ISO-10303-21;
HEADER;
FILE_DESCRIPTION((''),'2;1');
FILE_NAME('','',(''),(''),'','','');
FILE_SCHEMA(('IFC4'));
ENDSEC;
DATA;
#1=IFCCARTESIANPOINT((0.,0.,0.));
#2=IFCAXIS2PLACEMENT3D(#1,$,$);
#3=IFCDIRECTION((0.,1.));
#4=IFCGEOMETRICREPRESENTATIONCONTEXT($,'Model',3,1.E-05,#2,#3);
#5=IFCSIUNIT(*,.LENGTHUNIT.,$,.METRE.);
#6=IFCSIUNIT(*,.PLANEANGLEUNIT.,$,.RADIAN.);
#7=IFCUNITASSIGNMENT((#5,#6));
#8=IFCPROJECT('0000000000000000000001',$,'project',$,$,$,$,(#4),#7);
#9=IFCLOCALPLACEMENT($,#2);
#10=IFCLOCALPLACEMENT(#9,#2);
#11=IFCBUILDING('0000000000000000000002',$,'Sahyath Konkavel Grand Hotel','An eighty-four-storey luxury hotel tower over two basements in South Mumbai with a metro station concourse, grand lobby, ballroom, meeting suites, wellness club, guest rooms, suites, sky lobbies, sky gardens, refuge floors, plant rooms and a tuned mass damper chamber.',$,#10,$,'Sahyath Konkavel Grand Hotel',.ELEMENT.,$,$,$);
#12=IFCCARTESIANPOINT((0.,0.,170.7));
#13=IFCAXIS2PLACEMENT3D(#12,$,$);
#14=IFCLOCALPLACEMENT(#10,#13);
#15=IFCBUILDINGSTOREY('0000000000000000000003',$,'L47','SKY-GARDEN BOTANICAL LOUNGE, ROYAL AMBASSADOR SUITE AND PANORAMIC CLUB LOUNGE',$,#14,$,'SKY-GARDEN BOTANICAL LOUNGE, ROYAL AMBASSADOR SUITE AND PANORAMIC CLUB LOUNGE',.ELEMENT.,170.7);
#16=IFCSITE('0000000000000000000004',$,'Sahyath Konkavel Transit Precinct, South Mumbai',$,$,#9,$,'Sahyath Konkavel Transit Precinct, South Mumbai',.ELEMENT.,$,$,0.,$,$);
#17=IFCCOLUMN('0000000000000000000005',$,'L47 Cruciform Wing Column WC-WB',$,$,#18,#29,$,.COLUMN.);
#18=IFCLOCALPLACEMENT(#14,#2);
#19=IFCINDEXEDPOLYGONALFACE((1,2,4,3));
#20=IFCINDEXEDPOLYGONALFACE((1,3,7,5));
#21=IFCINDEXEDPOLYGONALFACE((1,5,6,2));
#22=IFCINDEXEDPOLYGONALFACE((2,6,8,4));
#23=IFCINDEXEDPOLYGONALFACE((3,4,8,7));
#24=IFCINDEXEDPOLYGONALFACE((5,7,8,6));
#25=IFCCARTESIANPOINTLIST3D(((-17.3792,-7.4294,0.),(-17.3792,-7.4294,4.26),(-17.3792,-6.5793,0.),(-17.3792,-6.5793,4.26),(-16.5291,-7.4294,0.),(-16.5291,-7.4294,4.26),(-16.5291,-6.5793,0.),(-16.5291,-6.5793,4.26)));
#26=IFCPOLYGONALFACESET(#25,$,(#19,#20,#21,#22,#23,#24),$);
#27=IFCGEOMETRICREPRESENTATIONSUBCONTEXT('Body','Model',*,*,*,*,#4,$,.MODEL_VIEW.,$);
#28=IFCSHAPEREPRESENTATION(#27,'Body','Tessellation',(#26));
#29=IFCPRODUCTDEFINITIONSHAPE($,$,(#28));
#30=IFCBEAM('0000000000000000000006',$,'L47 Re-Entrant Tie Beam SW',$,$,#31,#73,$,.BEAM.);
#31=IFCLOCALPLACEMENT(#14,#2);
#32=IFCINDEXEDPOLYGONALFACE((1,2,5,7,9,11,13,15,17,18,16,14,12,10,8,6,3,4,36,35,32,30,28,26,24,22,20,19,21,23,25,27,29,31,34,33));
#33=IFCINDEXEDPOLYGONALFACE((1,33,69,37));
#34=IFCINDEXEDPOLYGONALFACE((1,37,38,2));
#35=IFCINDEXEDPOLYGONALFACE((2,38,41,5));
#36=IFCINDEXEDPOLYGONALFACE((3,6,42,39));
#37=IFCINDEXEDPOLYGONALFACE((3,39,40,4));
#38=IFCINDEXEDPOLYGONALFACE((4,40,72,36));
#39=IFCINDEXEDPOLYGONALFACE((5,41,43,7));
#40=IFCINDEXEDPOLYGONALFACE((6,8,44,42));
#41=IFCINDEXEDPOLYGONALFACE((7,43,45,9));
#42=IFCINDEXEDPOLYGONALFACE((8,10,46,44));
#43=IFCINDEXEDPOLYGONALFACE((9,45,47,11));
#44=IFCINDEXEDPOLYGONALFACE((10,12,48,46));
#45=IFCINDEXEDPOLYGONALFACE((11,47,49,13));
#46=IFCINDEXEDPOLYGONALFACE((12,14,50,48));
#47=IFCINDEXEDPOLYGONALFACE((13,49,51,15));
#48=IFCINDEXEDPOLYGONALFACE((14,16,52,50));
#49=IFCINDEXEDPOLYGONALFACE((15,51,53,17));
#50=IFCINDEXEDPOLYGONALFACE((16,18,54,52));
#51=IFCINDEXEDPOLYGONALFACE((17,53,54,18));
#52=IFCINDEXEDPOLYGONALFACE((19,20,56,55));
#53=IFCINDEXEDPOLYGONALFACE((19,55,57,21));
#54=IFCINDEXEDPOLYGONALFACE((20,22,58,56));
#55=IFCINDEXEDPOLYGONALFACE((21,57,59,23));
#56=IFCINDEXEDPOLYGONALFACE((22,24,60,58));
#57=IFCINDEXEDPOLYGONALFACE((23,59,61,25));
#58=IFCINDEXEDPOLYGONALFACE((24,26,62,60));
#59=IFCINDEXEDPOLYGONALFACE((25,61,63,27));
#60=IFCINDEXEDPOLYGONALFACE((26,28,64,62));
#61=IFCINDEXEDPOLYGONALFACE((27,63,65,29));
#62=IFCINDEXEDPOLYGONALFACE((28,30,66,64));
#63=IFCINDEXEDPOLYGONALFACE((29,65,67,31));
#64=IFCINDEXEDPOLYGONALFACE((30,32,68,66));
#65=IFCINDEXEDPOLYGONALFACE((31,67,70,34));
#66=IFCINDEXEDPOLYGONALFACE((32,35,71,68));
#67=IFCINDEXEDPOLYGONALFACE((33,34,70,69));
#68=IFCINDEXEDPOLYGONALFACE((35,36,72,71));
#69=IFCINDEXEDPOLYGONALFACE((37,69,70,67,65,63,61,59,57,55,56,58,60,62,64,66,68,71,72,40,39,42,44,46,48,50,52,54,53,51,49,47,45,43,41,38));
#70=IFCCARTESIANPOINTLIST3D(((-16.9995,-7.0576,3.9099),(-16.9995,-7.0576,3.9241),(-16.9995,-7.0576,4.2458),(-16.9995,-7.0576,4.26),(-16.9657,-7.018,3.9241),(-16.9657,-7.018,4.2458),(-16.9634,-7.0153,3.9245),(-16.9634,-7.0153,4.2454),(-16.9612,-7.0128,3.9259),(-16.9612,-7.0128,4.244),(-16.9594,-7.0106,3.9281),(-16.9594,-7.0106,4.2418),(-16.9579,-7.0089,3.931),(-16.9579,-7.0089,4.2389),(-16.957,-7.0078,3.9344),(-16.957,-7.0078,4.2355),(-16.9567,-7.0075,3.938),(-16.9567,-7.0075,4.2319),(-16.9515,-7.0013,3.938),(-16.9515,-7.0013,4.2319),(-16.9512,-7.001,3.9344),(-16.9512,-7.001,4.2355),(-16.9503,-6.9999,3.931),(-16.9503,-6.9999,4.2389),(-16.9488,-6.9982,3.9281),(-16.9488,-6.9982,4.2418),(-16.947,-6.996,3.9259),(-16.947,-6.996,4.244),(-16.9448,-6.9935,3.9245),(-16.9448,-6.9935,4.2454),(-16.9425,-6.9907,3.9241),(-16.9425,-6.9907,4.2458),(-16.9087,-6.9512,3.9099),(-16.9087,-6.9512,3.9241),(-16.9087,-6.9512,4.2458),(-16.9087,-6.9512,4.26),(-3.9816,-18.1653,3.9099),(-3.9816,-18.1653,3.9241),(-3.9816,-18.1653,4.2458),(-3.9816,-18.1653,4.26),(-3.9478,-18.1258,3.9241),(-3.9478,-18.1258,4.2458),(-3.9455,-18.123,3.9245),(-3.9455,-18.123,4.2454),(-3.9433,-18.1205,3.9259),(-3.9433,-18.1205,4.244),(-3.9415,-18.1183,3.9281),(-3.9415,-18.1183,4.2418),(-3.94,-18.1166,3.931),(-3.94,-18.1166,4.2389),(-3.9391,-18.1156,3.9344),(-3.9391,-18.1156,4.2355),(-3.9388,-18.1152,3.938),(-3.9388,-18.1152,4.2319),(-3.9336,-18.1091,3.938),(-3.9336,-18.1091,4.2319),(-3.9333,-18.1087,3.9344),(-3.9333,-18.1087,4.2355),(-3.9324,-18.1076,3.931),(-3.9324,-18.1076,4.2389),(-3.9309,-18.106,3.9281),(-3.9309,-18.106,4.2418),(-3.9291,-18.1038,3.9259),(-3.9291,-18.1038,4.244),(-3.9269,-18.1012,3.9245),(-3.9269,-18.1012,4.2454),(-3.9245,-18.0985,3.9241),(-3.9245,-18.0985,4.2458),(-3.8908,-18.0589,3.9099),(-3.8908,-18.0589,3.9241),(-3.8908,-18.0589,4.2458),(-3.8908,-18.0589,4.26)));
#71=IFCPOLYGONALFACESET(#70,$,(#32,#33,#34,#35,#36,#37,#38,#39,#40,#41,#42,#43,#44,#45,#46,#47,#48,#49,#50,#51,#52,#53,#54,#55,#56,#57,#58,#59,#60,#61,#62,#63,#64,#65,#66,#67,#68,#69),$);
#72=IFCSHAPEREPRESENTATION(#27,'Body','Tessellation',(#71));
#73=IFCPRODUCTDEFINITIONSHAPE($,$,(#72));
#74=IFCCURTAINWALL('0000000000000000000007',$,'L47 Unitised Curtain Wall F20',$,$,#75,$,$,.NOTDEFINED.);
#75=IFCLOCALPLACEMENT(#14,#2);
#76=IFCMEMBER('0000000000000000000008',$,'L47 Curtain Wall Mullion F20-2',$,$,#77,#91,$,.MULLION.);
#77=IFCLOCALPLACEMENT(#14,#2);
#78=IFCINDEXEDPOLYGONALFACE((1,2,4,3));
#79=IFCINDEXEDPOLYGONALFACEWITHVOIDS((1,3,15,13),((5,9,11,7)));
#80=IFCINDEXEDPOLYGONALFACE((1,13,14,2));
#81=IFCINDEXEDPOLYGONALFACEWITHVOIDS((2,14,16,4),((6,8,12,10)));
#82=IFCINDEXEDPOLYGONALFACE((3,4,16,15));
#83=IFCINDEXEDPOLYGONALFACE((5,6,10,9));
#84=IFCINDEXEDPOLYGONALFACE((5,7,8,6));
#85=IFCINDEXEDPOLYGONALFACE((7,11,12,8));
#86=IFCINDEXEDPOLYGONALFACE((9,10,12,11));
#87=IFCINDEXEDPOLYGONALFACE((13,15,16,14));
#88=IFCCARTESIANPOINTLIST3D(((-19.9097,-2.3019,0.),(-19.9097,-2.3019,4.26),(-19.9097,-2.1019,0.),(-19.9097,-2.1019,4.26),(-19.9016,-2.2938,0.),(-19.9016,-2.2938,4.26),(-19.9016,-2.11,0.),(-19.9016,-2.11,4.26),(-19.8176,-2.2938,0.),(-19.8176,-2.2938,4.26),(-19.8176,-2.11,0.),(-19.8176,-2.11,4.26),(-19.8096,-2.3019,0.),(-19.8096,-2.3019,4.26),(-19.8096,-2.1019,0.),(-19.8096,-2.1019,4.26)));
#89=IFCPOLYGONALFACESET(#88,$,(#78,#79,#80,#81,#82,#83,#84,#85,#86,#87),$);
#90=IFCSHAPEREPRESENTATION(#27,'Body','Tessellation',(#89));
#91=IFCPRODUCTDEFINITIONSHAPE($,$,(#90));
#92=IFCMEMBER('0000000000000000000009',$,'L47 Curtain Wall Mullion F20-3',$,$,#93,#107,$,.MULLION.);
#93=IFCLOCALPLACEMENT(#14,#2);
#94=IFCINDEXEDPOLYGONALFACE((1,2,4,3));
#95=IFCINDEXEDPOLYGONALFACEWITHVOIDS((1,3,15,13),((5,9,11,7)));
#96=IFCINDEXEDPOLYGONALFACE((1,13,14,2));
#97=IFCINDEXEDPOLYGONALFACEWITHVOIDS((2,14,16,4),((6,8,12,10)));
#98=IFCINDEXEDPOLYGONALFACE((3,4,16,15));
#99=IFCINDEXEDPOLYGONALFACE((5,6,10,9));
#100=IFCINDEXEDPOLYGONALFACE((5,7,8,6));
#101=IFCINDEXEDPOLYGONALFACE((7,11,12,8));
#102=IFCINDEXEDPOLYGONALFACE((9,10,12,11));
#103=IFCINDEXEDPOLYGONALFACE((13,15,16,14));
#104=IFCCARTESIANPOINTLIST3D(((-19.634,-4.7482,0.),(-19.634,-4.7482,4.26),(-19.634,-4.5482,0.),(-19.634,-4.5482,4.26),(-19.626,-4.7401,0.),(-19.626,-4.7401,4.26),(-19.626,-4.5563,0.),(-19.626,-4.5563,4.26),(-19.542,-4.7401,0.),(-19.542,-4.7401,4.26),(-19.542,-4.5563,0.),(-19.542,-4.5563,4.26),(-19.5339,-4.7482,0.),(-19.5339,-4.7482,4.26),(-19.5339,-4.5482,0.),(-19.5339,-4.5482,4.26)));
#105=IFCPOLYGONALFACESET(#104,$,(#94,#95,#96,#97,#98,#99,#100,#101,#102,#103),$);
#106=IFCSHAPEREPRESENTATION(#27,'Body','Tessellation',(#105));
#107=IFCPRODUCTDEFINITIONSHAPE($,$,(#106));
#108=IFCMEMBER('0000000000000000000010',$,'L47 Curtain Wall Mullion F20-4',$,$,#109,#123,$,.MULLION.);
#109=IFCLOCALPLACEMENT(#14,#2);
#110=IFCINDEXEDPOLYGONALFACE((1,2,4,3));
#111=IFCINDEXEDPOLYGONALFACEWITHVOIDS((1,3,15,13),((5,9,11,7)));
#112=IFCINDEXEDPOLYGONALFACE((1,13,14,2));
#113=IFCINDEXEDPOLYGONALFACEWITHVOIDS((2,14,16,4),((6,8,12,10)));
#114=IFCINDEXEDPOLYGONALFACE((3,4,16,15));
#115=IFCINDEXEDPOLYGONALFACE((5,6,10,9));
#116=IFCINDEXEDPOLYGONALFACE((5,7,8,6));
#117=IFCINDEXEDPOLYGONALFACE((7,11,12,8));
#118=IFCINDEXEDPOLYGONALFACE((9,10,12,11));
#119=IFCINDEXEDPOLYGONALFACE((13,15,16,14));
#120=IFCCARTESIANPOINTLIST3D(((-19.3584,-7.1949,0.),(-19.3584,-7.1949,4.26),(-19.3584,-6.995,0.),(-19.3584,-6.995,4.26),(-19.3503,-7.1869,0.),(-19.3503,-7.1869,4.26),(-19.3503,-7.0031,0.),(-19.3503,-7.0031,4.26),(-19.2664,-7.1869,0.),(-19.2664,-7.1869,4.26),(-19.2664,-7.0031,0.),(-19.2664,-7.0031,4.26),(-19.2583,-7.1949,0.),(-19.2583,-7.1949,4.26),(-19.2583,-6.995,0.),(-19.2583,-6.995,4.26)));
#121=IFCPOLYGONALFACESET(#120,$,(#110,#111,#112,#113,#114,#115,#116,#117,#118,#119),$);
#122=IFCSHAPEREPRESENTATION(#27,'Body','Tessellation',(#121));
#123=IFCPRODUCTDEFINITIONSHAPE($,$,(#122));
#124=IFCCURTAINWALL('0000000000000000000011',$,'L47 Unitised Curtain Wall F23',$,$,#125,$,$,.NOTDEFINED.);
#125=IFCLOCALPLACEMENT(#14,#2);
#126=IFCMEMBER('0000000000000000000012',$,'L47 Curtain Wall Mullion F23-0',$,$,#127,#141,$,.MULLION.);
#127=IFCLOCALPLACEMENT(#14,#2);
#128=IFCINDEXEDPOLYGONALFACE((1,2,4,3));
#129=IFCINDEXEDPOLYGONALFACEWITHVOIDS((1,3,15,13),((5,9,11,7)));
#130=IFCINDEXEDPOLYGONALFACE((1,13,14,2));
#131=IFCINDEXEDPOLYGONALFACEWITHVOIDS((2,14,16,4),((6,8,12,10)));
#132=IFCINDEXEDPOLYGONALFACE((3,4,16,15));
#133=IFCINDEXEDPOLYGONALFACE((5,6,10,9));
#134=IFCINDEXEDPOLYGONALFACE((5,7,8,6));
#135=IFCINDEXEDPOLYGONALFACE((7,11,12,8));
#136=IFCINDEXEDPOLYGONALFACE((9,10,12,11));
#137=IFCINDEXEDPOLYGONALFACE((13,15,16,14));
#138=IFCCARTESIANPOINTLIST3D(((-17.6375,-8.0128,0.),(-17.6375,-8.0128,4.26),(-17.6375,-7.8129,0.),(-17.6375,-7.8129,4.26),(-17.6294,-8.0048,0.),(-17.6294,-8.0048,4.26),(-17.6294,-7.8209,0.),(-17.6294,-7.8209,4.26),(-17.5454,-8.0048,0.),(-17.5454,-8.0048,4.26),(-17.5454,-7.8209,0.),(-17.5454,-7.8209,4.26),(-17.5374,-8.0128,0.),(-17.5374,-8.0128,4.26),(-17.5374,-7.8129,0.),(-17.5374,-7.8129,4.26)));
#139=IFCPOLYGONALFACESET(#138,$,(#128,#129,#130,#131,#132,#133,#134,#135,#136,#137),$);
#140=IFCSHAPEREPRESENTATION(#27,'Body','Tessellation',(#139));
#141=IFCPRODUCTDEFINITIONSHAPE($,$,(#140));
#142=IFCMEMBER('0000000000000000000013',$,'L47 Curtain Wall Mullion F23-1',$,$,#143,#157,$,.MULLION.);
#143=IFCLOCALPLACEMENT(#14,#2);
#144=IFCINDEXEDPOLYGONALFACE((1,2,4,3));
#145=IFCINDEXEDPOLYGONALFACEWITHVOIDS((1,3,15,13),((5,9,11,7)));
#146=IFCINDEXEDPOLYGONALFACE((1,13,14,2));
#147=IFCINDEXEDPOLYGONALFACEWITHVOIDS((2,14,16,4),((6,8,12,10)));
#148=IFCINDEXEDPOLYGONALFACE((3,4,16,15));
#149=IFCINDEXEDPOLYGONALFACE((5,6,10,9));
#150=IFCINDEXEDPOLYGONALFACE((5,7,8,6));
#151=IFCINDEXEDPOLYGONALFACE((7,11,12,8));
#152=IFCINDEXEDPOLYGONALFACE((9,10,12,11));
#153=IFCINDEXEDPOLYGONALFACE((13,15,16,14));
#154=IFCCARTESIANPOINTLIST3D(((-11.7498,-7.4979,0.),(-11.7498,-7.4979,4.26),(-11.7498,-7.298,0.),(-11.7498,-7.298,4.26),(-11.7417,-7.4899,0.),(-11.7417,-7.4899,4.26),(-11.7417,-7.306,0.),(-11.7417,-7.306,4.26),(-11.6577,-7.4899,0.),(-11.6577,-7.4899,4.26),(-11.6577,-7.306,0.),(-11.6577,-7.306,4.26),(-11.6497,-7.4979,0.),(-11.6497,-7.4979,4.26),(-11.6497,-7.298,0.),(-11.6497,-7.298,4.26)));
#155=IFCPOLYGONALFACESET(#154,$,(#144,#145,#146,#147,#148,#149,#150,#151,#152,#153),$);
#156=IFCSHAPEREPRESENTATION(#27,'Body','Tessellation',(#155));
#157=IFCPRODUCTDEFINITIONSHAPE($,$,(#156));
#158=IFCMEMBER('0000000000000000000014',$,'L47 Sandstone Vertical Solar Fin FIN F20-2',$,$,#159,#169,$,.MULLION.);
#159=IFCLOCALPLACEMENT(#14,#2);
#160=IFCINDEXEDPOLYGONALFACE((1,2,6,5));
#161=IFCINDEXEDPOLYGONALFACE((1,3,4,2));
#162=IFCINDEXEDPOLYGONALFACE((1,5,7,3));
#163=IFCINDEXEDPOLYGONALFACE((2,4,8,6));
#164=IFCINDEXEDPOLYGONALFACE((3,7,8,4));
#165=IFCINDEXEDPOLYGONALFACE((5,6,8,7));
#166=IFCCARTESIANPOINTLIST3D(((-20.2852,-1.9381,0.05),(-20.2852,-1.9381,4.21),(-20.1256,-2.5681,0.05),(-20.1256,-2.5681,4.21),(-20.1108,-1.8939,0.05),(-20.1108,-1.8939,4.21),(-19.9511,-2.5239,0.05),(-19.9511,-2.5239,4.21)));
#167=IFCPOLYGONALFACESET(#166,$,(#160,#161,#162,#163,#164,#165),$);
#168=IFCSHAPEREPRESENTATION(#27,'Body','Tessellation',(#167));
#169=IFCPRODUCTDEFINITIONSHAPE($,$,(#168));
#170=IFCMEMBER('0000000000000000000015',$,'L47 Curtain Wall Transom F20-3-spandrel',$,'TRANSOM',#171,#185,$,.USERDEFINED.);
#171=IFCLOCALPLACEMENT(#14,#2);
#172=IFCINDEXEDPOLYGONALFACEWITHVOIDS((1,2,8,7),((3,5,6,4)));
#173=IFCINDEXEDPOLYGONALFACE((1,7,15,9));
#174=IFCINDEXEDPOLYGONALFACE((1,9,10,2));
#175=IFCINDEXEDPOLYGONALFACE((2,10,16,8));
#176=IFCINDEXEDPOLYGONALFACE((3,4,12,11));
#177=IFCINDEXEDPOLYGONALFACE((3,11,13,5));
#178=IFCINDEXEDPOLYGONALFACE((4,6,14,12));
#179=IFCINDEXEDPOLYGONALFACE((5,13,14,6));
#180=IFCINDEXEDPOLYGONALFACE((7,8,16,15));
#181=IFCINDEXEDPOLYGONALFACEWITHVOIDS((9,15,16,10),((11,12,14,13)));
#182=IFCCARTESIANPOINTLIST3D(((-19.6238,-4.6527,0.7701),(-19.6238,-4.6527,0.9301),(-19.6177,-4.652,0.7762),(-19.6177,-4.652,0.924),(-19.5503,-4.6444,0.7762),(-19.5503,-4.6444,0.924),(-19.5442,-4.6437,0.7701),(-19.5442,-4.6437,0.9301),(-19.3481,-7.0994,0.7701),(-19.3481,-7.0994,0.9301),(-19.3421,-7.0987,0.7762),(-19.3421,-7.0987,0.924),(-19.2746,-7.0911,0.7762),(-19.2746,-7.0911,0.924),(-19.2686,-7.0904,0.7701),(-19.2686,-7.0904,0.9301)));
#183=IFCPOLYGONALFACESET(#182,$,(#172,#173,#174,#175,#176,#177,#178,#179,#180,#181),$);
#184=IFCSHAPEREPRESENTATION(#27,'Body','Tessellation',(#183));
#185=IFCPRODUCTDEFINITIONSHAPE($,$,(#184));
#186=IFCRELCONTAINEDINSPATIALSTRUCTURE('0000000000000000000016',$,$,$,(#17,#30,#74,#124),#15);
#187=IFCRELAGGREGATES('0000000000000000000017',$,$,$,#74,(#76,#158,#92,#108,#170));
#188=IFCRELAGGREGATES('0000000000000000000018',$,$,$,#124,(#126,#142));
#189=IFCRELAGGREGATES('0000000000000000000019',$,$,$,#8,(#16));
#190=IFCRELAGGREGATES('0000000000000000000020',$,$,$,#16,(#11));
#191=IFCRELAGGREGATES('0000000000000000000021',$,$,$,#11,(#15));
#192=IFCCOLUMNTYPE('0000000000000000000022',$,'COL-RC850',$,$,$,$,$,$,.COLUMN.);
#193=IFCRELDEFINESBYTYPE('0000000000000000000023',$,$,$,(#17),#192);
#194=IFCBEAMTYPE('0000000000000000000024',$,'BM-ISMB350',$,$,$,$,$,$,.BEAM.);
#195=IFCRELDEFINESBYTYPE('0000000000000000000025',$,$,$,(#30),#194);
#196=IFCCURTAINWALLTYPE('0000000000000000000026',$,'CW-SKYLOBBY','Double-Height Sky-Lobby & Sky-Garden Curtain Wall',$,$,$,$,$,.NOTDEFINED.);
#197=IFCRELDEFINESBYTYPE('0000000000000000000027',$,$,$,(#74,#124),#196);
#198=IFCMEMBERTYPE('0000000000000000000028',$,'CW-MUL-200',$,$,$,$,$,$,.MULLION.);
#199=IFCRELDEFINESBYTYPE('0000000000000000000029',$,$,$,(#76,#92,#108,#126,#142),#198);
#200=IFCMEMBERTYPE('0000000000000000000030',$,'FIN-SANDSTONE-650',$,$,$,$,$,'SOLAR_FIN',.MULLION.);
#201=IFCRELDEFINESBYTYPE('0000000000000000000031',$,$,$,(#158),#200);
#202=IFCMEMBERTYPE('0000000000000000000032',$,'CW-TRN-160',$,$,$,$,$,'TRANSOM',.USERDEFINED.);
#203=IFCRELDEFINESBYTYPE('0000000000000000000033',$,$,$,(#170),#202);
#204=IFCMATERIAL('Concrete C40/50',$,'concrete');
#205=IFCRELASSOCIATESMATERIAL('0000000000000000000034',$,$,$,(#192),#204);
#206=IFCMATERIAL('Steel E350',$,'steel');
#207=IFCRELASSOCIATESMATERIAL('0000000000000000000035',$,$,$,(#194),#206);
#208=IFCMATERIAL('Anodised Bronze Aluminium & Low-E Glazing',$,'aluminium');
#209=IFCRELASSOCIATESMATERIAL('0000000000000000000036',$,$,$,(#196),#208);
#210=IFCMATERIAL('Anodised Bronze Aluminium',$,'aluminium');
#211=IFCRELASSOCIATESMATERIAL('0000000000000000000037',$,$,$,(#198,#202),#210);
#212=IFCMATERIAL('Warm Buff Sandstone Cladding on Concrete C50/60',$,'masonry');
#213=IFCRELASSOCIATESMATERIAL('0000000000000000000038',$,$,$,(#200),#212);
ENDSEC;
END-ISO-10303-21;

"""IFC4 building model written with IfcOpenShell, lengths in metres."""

from ifc_helpers import new_model, si_unit, direction, frame, origin, origin_2d, place, context, subcontext, project, spatial, rectangle, hollow_rectangle, i_section, extrude, source, transform, mapped, material, material_profile, profile_set, type_object, element, aggregate, save


model = new_model("IFC4")

# Units and contexts
model_context = context("Model", 3, precision=1e-05, world=origin(), true_north=direction((0.0, 1.0)))
body_context = subcontext(model_context, "Body", "Model", "MODEL_VIEW")
ifc_project = project(units=[si_unit("LENGTHUNIT", "METRE"), si_unit("PLANEANGLEUNIT", "RADIAN")], contexts=[model_context])

# Site, building, storey
site_placement = place(None, origin())
site = spatial("IfcSite", under=ifc_project, at=site_placement, Name="Sahyath Konkavel Transit Precinct, South Mumbai", LongName="Sahyath Konkavel Transit Precinct, South Mumbai", CompositionType="ELEMENT", RefElevation=0.0)
building_placement = place(site_placement, origin())
building = spatial("IfcBuilding", under=site, at=building_placement, Name="Sahyath Konkavel Grand Hotel", Description="An eighty-four-storey luxury hotel tower over two basements in South Mumbai with a metro station concourse, grand lobby, ballroom, meeting suites, wellness club, guest rooms, suites, sky lobbies, sky gardens, refuge floors, plant rooms and a tuned mass damper chamber.", LongName="Sahyath Konkavel Grand Hotel", CompositionType="ELEMENT")
storey_placement = place(building_placement, frame((0.0, 0.0, 170.7)))
storey = spatial("IfcBuildingStorey", under=building, at=storey_placement, Name="L47", Description="SKY-GARDEN BOTANICAL LOUNGE, ROYAL AMBASSADOR SUITE AND PANORAMIC CLUB LOUNGE", LongName="SKY-GARDEN BOTANICAL LOUNGE, ROYAL AMBASSADOR SUITE AND PANORAMIC CLUB LOUNGE", CompositionType="ELEMENT", Elevation=170.7)

# Column
ifc_material_1 = material(Name="Concrete C40/50", Category="concrete")
ifc_material_profile_1 = material_profile(ifc_material_1, rectangle(XDim=0.8501, YDim=0.8501, at=origin_2d()), Name="RC 850x850")
ifc_profile_set_1 = profile_set([ifc_material_profile_1], Name="Concrete C40/50")
column_type = type_object("IfcColumnType", Name="COL-RC850", PredefinedType="COLUMN", material=ifc_profile_set_1)
shared_shape_1 = source(origin(), body_context, "Body", "SweptSolid", [
    extrude(rectangle(XDim=0.8501, YDim=0.8501, at=origin_2d()), origin(), (0.0, 0.0, 1.0), 4.26),
])
column_placement = place(storey_placement, frame((-16.9541, -7.0044, 0.0), z_axis=(0.0, 0.0, 1.0), x_axis=(1.0, 0.0, 0.0)))
element("IfcColumn", 1, at=column_placement, inside=storey, type_object=column_type, Name="L47 Cruciform Wing Column WC-WB", PredefinedType="COLUMN", context=body_context, shape_type="MappedRepresentation", body=[
    mapped(shared_shape_1, transform((0.0, 0.0, 0.0), scale=1.0)),
])

# Beam
ifc_material_2 = material(Name="Steel E350", Category="steel")
ifc_material_profile_2 = material_profile(ifc_material_2, i_section(OverallWidth=0.1399, OverallDepth=0.3501, WebThickness=0.0081, FlangeThickness=0.0142, FilletRadius=0.0139, at=origin_2d()), Name="ISMB 350")
ifc_profile_set_2 = profile_set([ifc_material_profile_2], Name="Steel E350")
beam_type = type_object("IfcBeamType", Name="BM-ISMB350", PredefinedType="BEAM", material=ifc_profile_set_2)
shared_shape_2 = source(origin(), body_context, "Body", "SweptSolid", [
    extrude(i_section(OverallWidth=0.1399, OverallDepth=0.3501, WebThickness=0.0081, FlangeThickness=0.0142, FilletRadius=0.0139, at=origin_2d()), origin(), (0.0, 0.0, 1.0), 17.1128),
])
beam_placement = place(storey_placement, frame((-16.9541, -7.0044, 4.085), z_axis=(0.760712, -0.64909, 0.0), x_axis=(0.64909, 0.760712, 0.0)))
element("IfcBeam", 2, at=beam_placement, inside=storey, type_object=beam_type, Name="L47 Re-Entrant Tie Beam SW", PredefinedType="BEAM", context=body_context, shape_type="MappedRepresentation", body=[
    mapped(shared_shape_2, transform((0.0, 0.0, 0.0), scale=1.0)),
])

# Curtain walls, members
ifc_material_3 = material(Name="Anodised Bronze Aluminium & Low-E Glazing", Category="aluminium")
curtain_wall_type = type_object("IfcCurtainWallType", Name="CW-SKYLOBBY", Description="Double-Height Sky-Lobby & Sky-Garden Curtain Wall", PredefinedType="NOTDEFINED", material=ifc_material_3)
curtain_wall_1_placement = place(storey_placement, origin())
curtain_wall_1 = element("IfcCurtainWall", 3, at=curtain_wall_1_placement, inside=storey, type_object=curtain_wall_type, Name="L47 Unitised Curtain Wall F20", PredefinedType="NOTDEFINED")
ifc_material_4 = material(Name="Anodised Bronze Aluminium", Category="aluminium")
ifc_material_profile_3 = material_profile(ifc_material_4, hollow_rectangle(XDim=0.1001, YDim=0.2, WallThickness=0.0081, at=origin_2d()), Name="RHS 200x100x8")
ifc_profile_set_3 = profile_set([ifc_material_profile_3], Name="Anodised Bronze Aluminium")
member_type_1 = type_object("IfcMemberType", Name="CW-MUL-200", PredefinedType="MULLION", material=ifc_profile_set_3)
shared_shape_3 = source(origin(), body_context, "Body", "SweptSolid", [
    extrude(hollow_rectangle(XDim=0.1001, YDim=0.2, WallThickness=0.0081, at=origin_2d()), origin(), (0.0, 0.0, 1.0), 4.26),
])
member_1_placement = place(storey_placement, frame((-19.8596, -2.2019, 0.0), z_axis=(0.0, 0.0, 1.0), x_axis=(1.0, 0.0, 0.0)))
member_1 = element("IfcMember", 4, at=member_1_placement, type_object=member_type_1, Name="L47 Curtain Wall Mullion F20-2", PredefinedType="MULLION", context=body_context, shape_type="MappedRepresentation", body=[
    mapped(shared_shape_3, transform((0.0, 0.0, 0.0), scale=1.0)),
])
member_2_placement = place(storey_placement, frame((-19.584, -4.6482, 0.0), z_axis=(0.0, 0.0, 1.0), x_axis=(1.0, 0.0, 0.0)))
member_2 = element("IfcMember", 5, at=member_2_placement, type_object=member_type_1, Name="L47 Curtain Wall Mullion F20-3", PredefinedType="MULLION", context=body_context, shape_type="MappedRepresentation", body=[
    mapped(shared_shape_3, transform((0.0, 0.0, 0.0), scale=1.0)),
])
member_3_placement = place(storey_placement, frame((-19.3083, -7.095, 0.0), z_axis=(0.0, 0.0, 1.0), x_axis=(1.0, 0.0, 0.0)))
member_3 = element("IfcMember", 6, at=member_3_placement, type_object=member_type_1, Name="L47 Curtain Wall Mullion F20-4", PredefinedType="MULLION", context=body_context, shape_type="MappedRepresentation", body=[
    mapped(shared_shape_3, transform((0.0, 0.0, 0.0), scale=1.0)),
])
curtain_wall_2_placement = place(storey_placement, origin())
curtain_wall_2 = element("IfcCurtainWall", 7, at=curtain_wall_2_placement, inside=storey, type_object=curtain_wall_type, Name="L47 Unitised Curtain Wall F23", PredefinedType="NOTDEFINED")
member_4_placement = place(storey_placement, frame((-17.5874, -7.9128, 0.0), z_axis=(0.0, 0.0, 1.0), x_axis=(1.0, 0.0, 0.0)))
member_4 = element("IfcMember", 8, at=member_4_placement, type_object=member_type_1, Name="L47 Curtain Wall Mullion F23-0", PredefinedType="MULLION", context=body_context, shape_type="MappedRepresentation", body=[
    mapped(shared_shape_3, transform((0.0, 0.0, 0.0), scale=1.0)),
])
member_5_placement = place(storey_placement, frame((-11.6997, -7.3979, 0.0), z_axis=(0.0, 0.0, 1.0), x_axis=(1.0, 0.0, 0.0)))
member_5 = element("IfcMember", 9, at=member_5_placement, type_object=member_type_1, Name="L47 Curtain Wall Mullion F23-1", PredefinedType="MULLION", context=body_context, shape_type="MappedRepresentation", body=[
    mapped(shared_shape_3, transform((0.0, 0.0, 0.0), scale=1.0)),
])

# Members
ifc_material_5 = material(Name="Warm Buff Sandstone Cladding on Concrete C50/60", Category="masonry")
ifc_material_profile_4 = material_profile(ifc_material_5, rectangle(XDim=0.1799, YDim=0.6499, at=origin_2d()), Name="FIN 180x650")
ifc_profile_set_4 = profile_set([ifc_material_profile_4], Name="Warm Buff Sandstone Cladding on Concrete C50/60")
member_type_2 = type_object("IfcMemberType", Name="FIN-SANDSTONE-650", ElementType="SOLAR_FIN", PredefinedType="MULLION", material=ifc_profile_set_4)
shared_shape_4 = source(origin(), body_context, "Body", "SweptSolid", [
    extrude(rectangle(XDim=0.1799, YDim=0.6499, at=origin_2d()), origin(), (0.0, 0.0, 1.0), 4.1599),
])
member_6_placement = place(storey_placement, frame((-20.1182, -2.231, 0.05), z_axis=(0.0, 0.0, 1.0), x_axis=(0.96936, 0.245646, 0.0)))
member_6 = element("IfcMember", 10, at=member_6_placement, type_object=member_type_2, Name="L47 Sandstone Vertical Solar Fin FIN F20-2", PredefinedType="MULLION", context=body_context, shape_type="MappedRepresentation", body=[
    mapped(shared_shape_4, transform((0.0, 0.0, 0.0), scale=1.0)),
])
ifc_material_profile_5 = material_profile(ifc_material_4, hollow_rectangle(XDim=0.0801, YDim=0.1599, WallThickness=0.0061, at=origin_2d()), Name="RHS 160x80x6")
ifc_profile_set_5 = profile_set([ifc_material_profile_5], Name="Anodised Bronze Aluminium")
member_type_3 = type_object("IfcMemberType", Name="CW-TRN-160", ElementType="TRANSOM", PredefinedType="USERDEFINED", material=ifc_profile_set_5)
shared_shape_5 = source(origin(), body_context, "Body", "SweptSolid", [
    extrude(hollow_rectangle(XDim=0.0801, YDim=0.1599, WallThickness=0.0061, at=origin_2d()), origin(), (0.0, 0.0, 1.0), 2.4622),
])
member_7_placement = place(storey_placement, frame((-19.584, -4.6482, 0.8501), z_axis=(0.111944, -0.993715, 0.0), x_axis=(0.993715, 0.111944, 0.0)))
member_7 = element("IfcMember", 11, at=member_7_placement, type_object=member_type_3, Name="L47 Curtain Wall Transom F20-3-spandrel", ObjectType="TRANSOM", PredefinedType="USERDEFINED", context=body_context, shape_type="MappedRepresentation", body=[
    mapped(shared_shape_5, transform((0.0, 0.0, 0.0), scale=1.0)),
])

aggregate(curtain_wall_1, [member_1, member_6, member_2, member_3, member_7])
aggregate(curtain_wall_2, [member_4, member_5])

save(model, "model.ifc")
